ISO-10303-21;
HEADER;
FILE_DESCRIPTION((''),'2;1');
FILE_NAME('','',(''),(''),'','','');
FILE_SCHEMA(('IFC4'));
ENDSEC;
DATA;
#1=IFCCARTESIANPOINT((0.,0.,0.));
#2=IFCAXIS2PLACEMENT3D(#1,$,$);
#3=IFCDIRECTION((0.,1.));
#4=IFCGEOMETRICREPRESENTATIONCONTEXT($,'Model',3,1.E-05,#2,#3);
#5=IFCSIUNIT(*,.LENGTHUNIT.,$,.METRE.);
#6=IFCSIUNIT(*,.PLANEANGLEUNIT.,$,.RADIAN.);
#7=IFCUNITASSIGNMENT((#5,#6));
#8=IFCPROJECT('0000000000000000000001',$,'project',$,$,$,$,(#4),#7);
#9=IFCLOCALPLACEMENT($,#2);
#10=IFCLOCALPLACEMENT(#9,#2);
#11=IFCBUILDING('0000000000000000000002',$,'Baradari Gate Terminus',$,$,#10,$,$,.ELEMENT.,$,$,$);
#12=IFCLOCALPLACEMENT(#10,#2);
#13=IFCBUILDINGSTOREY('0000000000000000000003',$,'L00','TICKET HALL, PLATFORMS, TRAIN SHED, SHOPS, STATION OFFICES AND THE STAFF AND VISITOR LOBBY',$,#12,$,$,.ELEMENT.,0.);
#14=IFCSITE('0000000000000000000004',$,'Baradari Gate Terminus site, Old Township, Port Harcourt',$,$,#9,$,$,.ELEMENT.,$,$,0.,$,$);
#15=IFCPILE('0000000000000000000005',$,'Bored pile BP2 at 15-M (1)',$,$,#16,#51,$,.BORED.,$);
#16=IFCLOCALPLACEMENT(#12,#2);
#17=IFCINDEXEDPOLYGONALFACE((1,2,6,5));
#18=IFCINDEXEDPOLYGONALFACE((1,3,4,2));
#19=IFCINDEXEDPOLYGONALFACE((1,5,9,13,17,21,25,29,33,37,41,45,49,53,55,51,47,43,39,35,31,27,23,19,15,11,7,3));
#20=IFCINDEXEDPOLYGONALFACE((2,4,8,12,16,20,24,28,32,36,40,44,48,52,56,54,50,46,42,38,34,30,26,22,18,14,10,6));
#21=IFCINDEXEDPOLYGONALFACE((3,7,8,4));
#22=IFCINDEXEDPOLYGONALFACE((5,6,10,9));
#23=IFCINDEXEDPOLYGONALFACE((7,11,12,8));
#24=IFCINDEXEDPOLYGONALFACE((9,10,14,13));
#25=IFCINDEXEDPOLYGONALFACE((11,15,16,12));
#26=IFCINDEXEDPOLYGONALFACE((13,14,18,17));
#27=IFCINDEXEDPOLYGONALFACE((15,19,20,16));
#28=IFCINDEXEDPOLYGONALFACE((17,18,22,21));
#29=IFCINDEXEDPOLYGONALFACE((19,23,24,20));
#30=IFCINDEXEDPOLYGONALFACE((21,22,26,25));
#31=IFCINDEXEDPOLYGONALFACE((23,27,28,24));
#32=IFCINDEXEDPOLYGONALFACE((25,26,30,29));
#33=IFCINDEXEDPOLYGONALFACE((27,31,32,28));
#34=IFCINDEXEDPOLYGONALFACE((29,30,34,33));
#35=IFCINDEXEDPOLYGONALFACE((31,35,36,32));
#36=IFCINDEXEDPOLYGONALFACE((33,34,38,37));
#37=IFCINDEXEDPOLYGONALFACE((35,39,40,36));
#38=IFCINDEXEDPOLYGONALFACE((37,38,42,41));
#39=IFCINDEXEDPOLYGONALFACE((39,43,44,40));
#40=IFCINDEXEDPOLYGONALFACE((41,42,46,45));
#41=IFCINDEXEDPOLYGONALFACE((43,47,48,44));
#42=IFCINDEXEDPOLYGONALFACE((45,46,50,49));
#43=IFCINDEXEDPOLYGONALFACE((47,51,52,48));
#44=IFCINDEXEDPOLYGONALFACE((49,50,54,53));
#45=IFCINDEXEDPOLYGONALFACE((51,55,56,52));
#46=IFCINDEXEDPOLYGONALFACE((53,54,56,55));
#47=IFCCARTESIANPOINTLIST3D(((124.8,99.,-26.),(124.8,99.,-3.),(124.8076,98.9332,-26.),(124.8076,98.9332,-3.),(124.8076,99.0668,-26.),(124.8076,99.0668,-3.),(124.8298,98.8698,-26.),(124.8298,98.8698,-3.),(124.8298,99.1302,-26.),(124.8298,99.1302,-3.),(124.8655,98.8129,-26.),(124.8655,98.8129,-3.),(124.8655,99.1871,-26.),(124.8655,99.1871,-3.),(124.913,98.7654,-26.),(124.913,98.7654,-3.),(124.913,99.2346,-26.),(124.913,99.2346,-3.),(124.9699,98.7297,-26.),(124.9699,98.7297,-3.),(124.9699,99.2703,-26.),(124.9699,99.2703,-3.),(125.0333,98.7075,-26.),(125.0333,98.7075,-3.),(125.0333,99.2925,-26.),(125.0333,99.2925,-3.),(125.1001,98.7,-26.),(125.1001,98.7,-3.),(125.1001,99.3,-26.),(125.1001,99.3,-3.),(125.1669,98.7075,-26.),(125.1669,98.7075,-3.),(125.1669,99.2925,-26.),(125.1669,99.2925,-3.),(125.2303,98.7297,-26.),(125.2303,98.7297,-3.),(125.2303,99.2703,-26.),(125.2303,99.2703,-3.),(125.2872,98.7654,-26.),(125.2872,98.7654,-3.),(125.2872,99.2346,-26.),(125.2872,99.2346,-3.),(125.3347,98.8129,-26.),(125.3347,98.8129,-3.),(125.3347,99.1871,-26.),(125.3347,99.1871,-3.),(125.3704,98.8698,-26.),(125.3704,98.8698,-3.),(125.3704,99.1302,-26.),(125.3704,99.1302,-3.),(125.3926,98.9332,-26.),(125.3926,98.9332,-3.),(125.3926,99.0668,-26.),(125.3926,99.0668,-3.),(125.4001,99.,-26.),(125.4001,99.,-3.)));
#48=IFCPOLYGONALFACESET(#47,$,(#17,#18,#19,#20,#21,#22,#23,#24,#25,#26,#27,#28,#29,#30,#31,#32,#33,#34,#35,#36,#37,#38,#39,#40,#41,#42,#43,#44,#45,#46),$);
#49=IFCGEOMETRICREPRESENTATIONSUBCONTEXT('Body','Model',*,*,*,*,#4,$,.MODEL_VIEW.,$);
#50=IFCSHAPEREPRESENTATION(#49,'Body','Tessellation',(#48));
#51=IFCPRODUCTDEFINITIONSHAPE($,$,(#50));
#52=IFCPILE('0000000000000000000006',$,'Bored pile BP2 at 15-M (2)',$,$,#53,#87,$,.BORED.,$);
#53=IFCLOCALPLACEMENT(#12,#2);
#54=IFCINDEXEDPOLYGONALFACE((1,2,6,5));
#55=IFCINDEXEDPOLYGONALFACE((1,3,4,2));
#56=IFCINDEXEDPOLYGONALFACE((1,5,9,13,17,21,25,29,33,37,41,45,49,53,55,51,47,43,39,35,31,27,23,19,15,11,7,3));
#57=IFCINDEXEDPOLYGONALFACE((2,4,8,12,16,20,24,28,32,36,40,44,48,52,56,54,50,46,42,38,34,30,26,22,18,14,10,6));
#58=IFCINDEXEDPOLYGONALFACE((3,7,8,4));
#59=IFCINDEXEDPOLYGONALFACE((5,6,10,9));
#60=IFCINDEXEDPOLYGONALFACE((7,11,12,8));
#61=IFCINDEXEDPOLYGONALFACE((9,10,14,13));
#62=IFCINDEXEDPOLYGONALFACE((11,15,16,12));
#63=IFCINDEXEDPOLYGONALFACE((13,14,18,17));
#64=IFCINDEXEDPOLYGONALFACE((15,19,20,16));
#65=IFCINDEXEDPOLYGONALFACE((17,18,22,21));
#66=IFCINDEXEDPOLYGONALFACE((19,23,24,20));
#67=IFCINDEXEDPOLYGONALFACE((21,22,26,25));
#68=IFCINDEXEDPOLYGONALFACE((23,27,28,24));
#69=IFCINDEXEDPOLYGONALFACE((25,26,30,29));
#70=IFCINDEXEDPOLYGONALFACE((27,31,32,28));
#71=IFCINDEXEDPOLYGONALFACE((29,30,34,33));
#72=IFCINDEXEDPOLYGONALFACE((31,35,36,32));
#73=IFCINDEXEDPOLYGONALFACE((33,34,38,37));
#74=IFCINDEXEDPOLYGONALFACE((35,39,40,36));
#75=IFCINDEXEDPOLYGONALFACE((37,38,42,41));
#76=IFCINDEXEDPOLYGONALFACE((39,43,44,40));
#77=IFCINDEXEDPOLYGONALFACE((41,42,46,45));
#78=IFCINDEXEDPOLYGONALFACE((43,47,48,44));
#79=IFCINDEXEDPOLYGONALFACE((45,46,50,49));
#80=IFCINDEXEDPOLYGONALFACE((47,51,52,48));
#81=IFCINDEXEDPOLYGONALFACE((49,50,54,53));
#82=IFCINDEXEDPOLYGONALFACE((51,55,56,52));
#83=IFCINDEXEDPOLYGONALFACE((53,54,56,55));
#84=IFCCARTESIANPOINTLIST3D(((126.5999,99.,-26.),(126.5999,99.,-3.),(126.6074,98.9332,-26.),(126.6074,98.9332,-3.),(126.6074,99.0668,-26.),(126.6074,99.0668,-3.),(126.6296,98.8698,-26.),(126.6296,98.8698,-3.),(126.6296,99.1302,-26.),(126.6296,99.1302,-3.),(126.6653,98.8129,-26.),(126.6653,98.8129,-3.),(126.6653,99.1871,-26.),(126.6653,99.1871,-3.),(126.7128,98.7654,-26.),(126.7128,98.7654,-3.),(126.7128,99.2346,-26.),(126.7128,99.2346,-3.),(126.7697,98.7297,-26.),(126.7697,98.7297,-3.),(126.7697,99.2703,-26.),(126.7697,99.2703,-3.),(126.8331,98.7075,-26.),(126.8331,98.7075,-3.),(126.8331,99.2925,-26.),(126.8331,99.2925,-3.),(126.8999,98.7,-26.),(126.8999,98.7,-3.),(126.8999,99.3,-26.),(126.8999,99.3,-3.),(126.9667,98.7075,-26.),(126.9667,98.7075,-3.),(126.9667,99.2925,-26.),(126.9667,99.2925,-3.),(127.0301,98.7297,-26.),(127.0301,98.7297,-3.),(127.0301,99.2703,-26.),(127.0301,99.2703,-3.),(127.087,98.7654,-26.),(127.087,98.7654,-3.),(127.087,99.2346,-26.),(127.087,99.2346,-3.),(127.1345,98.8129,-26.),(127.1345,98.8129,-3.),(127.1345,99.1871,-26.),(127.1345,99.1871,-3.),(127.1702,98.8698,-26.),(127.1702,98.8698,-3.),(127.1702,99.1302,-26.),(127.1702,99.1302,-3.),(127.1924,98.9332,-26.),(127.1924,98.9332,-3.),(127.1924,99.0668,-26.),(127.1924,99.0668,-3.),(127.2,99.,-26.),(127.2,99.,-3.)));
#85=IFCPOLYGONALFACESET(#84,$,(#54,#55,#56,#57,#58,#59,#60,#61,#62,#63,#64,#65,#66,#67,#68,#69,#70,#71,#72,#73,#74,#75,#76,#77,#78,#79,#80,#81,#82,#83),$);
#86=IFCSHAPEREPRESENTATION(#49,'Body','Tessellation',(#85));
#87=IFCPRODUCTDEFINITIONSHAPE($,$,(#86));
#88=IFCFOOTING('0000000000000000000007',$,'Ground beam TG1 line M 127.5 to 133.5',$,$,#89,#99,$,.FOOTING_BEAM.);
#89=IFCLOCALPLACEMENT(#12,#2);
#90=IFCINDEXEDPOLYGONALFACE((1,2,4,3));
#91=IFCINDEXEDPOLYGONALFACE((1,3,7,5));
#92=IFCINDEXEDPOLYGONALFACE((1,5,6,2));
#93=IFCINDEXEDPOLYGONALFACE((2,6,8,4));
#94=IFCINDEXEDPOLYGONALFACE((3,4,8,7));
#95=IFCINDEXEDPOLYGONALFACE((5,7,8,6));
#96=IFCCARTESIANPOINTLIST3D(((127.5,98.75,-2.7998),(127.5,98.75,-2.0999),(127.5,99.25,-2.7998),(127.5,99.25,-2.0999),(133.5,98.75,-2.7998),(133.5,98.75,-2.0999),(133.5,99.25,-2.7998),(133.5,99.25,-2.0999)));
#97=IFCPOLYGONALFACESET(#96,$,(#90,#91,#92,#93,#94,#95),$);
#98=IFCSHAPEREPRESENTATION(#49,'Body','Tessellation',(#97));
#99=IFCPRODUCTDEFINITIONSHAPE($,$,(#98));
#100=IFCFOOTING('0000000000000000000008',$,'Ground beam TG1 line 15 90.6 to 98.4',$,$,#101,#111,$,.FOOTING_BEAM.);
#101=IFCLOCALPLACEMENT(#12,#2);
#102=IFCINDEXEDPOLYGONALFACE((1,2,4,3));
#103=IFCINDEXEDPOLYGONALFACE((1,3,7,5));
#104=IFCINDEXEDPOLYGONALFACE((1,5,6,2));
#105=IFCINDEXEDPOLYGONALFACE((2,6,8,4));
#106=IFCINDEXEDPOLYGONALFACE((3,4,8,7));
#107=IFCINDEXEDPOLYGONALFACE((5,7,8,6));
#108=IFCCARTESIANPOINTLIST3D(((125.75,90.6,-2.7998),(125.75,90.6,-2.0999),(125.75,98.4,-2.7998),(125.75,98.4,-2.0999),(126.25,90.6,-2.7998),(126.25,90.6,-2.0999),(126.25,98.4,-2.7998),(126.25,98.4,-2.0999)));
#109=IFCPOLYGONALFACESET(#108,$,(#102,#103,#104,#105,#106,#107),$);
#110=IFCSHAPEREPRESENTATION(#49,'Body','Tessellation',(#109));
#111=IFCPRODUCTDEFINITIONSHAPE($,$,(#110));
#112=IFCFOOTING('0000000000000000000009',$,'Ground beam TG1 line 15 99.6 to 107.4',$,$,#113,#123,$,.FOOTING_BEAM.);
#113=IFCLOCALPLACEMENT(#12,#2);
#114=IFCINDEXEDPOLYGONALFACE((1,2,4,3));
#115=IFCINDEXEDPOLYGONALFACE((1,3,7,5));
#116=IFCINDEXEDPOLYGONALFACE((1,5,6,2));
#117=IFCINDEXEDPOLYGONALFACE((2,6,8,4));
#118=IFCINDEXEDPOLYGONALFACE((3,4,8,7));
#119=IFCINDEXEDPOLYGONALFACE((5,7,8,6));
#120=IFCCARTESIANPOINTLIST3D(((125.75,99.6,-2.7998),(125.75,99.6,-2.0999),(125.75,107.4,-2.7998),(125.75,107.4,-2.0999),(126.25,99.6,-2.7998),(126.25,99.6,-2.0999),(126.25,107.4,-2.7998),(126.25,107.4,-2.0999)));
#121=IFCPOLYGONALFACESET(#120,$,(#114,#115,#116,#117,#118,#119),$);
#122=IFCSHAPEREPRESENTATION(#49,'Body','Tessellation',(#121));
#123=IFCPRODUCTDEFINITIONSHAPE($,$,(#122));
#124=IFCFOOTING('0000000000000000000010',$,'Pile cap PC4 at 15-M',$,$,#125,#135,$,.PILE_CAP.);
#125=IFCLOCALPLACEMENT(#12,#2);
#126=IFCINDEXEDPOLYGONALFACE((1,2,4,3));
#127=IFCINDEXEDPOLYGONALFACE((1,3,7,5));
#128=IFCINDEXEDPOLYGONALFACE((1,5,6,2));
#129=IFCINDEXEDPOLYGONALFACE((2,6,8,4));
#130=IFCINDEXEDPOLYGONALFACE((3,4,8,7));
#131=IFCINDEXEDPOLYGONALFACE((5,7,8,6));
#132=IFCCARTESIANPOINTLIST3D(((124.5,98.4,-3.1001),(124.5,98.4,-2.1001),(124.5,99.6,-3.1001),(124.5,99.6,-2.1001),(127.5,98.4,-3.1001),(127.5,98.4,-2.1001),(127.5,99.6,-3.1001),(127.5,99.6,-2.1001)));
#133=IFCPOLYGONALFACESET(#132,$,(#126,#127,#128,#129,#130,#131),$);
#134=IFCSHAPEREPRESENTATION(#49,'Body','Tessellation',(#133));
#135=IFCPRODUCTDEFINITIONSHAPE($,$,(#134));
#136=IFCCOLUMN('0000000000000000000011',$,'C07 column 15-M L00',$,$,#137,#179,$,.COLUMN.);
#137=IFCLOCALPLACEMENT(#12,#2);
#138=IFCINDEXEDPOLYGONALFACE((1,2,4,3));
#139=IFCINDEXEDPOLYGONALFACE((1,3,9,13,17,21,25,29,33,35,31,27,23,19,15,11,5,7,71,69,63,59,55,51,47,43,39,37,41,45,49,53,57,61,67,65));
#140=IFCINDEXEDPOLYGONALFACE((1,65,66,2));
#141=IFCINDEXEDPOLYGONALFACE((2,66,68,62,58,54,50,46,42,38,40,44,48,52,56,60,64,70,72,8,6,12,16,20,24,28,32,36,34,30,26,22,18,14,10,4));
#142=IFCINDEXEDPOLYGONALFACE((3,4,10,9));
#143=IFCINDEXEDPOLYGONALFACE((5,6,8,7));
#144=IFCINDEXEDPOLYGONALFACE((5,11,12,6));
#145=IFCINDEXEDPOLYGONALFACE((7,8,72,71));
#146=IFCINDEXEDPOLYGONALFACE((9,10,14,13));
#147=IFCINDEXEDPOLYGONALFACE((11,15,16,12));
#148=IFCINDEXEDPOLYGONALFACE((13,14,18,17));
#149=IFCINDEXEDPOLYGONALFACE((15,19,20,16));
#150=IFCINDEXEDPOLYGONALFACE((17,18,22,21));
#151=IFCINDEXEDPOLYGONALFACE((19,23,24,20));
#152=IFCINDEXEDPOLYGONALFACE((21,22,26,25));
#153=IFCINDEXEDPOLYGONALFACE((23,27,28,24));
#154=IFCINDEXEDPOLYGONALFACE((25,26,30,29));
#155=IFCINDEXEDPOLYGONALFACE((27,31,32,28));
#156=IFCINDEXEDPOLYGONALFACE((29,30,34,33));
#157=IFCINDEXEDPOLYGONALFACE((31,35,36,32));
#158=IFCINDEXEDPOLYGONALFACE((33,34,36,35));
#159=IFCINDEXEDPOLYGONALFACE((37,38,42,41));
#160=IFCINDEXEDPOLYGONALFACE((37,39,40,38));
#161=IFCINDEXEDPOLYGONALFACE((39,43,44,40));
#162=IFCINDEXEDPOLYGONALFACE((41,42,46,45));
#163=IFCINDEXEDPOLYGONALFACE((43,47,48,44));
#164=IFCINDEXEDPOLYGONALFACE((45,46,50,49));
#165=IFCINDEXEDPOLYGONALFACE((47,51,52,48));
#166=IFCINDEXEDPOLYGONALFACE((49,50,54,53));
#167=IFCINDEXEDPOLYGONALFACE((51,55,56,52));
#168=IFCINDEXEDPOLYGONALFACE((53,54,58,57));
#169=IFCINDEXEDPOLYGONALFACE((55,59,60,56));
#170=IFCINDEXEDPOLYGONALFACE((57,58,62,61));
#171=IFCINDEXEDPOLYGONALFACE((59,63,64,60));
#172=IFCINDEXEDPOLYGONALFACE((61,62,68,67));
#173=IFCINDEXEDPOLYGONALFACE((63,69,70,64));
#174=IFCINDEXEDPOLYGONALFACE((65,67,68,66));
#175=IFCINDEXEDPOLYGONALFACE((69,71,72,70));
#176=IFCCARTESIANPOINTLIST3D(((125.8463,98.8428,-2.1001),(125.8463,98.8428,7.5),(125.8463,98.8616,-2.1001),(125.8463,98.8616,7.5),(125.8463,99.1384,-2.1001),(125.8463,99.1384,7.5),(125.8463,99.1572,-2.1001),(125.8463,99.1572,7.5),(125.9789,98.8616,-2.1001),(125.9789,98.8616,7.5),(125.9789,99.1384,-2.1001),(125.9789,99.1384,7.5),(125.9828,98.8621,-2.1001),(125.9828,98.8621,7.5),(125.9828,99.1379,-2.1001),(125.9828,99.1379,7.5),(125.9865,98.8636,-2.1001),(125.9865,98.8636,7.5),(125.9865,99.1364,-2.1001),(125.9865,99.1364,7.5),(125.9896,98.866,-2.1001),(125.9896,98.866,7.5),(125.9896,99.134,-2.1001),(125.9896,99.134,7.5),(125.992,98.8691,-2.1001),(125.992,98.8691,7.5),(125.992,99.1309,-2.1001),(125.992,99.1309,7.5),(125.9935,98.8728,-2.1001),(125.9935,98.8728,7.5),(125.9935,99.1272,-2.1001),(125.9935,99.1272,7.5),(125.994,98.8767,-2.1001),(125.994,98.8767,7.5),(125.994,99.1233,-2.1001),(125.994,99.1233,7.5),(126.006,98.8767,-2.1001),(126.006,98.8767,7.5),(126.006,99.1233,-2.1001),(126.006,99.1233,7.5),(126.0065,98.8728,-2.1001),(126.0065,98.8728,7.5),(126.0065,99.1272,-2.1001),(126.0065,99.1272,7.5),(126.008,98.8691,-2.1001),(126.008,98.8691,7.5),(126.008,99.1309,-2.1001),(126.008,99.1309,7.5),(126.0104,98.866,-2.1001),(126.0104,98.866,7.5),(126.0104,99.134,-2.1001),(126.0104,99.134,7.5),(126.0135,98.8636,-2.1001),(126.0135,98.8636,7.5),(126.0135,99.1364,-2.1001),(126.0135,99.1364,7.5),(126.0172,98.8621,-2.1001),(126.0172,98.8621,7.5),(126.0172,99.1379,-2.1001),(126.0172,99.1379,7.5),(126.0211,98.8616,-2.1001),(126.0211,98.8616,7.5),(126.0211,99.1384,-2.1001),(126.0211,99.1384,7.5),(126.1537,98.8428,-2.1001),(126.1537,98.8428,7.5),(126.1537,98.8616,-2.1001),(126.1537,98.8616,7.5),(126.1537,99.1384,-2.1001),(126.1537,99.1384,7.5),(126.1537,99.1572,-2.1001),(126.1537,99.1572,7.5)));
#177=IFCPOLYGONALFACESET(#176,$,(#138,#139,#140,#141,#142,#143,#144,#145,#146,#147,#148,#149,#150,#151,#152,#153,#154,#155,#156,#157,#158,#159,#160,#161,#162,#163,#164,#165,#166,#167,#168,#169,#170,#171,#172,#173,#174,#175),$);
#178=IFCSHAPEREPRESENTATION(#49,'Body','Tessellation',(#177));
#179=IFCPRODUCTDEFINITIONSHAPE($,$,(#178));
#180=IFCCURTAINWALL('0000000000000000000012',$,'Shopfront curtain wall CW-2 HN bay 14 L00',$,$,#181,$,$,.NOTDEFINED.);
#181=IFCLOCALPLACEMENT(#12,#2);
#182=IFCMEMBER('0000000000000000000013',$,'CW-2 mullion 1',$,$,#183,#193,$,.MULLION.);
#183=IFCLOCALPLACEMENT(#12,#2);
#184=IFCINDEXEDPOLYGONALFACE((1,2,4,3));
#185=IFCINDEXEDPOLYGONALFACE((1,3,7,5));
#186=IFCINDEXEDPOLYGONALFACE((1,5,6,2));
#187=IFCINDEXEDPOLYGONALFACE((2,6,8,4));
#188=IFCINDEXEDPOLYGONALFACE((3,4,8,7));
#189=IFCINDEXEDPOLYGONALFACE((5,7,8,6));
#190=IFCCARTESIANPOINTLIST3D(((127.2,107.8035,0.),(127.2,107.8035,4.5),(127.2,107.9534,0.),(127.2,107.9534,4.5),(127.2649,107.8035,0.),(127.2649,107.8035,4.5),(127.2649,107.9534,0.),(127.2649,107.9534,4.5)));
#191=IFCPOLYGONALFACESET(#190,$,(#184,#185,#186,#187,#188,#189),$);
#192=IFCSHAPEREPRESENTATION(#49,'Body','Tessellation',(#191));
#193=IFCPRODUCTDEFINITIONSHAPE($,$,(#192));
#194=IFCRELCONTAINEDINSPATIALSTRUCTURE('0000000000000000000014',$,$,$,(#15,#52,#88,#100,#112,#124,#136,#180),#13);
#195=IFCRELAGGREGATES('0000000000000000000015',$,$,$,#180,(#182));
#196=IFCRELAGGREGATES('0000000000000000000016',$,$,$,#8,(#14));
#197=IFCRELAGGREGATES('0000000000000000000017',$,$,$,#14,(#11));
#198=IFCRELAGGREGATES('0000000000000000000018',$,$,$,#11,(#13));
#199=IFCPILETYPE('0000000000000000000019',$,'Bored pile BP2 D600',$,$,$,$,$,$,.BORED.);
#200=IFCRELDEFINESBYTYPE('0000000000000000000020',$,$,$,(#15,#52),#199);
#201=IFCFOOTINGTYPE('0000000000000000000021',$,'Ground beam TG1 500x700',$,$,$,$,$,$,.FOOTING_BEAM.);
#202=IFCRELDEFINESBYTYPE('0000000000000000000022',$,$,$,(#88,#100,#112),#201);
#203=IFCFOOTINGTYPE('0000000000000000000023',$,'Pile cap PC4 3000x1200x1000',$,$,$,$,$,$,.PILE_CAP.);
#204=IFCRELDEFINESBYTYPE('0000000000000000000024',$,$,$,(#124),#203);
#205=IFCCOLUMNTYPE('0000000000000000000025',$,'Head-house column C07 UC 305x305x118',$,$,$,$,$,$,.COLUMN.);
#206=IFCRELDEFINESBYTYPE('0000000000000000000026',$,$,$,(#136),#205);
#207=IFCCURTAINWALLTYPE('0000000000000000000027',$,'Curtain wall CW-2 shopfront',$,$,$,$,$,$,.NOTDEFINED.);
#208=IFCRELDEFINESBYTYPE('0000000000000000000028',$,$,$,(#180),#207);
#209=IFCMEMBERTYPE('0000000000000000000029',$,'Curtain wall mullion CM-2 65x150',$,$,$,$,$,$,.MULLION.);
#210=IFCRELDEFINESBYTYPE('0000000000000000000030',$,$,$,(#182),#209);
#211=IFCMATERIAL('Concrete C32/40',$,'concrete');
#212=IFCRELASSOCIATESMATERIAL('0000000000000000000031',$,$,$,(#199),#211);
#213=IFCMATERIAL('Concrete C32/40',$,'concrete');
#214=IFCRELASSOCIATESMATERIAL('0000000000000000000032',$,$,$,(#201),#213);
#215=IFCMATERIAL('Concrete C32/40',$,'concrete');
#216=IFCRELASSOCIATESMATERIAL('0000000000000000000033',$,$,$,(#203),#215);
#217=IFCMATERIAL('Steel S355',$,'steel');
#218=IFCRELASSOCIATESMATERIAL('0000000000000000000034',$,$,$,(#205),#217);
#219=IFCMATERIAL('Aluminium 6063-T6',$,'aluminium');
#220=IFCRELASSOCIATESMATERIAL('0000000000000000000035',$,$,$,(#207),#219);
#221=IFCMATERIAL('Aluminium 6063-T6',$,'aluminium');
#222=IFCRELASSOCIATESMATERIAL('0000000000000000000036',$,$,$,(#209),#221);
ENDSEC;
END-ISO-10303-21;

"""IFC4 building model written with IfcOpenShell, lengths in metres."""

from ifc_helpers import new_model, si_unit, direction, frame, origin, origin_2d, place, context, subcontext, project, spatial, rectangle, circle, i_section, extrude, material, material_profile, profile_set, type_object, element, aggregate, save


model = new_model("IFC4")

# Units and contexts
model_context = context("Model", 3, precision=1e-05, world=origin(), true_north=direction((0.0, 1.0)))
body_context = subcontext(model_context, "Body", "Model", "MODEL_VIEW")
ifc_project = project(units=[si_unit("LENGTHUNIT", "METRE"), si_unit("PLANEANGLEUNIT", "RADIAN")], contexts=[model_context])

# Site, building, storey
site_placement = place(None, origin())
site = spatial("IfcSite", under=ifc_project, at=site_placement, Name="Baradari Gate Terminus site, Old Township, Port Harcourt", CompositionType="ELEMENT", RefElevation=0.0)
building_placement = place(site_placement, origin())
building = spatial("IfcBuilding", under=site, at=building_placement, Name="Baradari Gate Terminus", CompositionType="ELEMENT")
storey_placement = place(building_placement, origin())
storey = spatial("IfcBuildingStorey", under=building, at=storey_placement, Name="L00", Description="TICKET HALL, PLATFORMS, TRAIN SHED, SHOPS, STATION OFFICES AND THE STAFF AND VISITOR LOBBY", CompositionType="ELEMENT", Elevation=0.0)

# Piles
ifc_material_1 = material(Name="Concrete C32/40", Category="concrete")
pile_type = type_object("IfcPileType", Name="Bored pile BP2 D600", PredefinedType="BORED", material=ifc_material_1)
for number, where, z_axis, x_axis, name in (
    (1, (125.1001, 99.0, -3.0), (0.0, 0.0, -1.0), (1.0, 0.0, 0.0), "Bored pile BP2 at 15-M (1)"),
    (2, (126.8999, 99.0, -3.0), (0.0, 0.0, -1.0), (1.0, 0.0, 0.0), "Bored pile BP2 at 15-M (2)"),
):
    element("IfcPile", number, at=place(storey_placement, frame(where, z_axis=z_axis, x_axis=x_axis)), inside=storey, type_object=pile_type, Name=name, PredefinedType="BORED", context=body_context, shape_type="SweptSolid", body=[
        extrude(circle(Radius=0.3, at=origin_2d()), origin(), (0.0, 0.0, 1.0), 23.0),
    ])

# Footings
ifc_material_2 = material(Name="Concrete C32/40", Category="concrete")
footing_type_1 = type_object("IfcFootingType", Name="Ground beam TG1 500x700", PredefinedType="FOOTING_BEAM", material=ifc_material_2)
footing_1_placement = place(storey_placement, frame((130.5, 99.0, -2.7998), z_axis=(0.0, 0.0, 1.0), x_axis=(1.0, 0.0, 0.0)))
element("IfcFooting", 3, at=footing_1_placement, inside=storey, type_object=footing_type_1, Name="Ground beam TG1 line M 127.5 to 133.5", PredefinedType="FOOTING_BEAM", context=body_context, shape_type="SweptSolid", body=[
    extrude(rectangle(XDim=6.0, YDim=0.5, at=origin_2d()), origin(), (0.0, 0.0, 1.0), 0.7),
])
for number, where, z_axis, x_axis, name in (
    (4, (126.0, 94.5, -2.7998), (0.0, 0.0, 1.0), (1.0, 0.0, 0.0), "Ground beam TG1 line 15 90.6 to 98.4"),
    (5, (126.0, 103.5, -2.7998), (0.0, 0.0, 1.0), (1.0, 0.0, 0.0), "Ground beam TG1 line 15 99.6 to 107.4"),
):
    element("IfcFooting", number, at=place(storey_placement, frame(where, z_axis=z_axis, x_axis=x_axis)), inside=storey, type_object=footing_type_1, Name=name, PredefinedType="FOOTING_BEAM", context=body_context, shape_type="SweptSolid", body=[
        extrude(rectangle(XDim=0.5, YDim=7.8, at=origin_2d()), origin(), (0.0, 0.0, 1.0), 0.7),
    ])
ifc_material_3 = material(Name="Concrete C32/40", Category="concrete")
footing_type_2 = type_object("IfcFootingType", Name="Pile cap PC4 3000x1200x1000", PredefinedType="PILE_CAP", material=ifc_material_3)
footing_2_placement = place(storey_placement, frame((126.0, 99.0, -3.1001), z_axis=(0.0, 0.0, 1.0), x_axis=(1.0, 0.0, 0.0)))
element("IfcFooting", 6, at=footing_2_placement, inside=storey, type_object=footing_type_2, Name="Pile cap PC4 at 15-M", PredefinedType="PILE_CAP", context=body_context, shape_type="SweptSolid", body=[
    extrude(rectangle(XDim=3.0, YDim=1.2, at=origin_2d()), origin(), (0.0, 0.0, 1.0), 1.0),
])

# Column
ifc_material_4 = material(Name="Steel S355", Category="steel")
ifc_material_profile_1 = material_profile(ifc_material_4, i_section(OverallWidth=0.3074, OverallDepth=0.3145, WebThickness=0.012, FlangeThickness=0.0188, FilletRadius=0.0151, at=origin_2d()), Name="UC 305x305x118")
ifc_profile_set_1 = profile_set([ifc_material_profile_1], Name="Steel S355")
column_type = type_object("IfcColumnType", Name="Head-house column C07 UC 305x305x118", PredefinedType="COLUMN", material=ifc_profile_set_1)
column_placement = place(storey_placement, frame((126.0, 99.0, -2.1001), z_axis=(0.0, 0.0, 1.0), x_axis=(1.0, 0.0, 0.0)))
element("IfcColumn", 7, at=column_placement, inside=storey, type_object=column_type, Name="C07 column 15-M L00", PredefinedType="COLUMN", context=body_context, shape_type="SweptSolid", body=[
    extrude(i_section(OverallWidth=0.3074, OverallDepth=0.3145, WebThickness=0.012, FlangeThickness=0.0188, FilletRadius=0.0151, at=origin_2d()), origin(), (0.0, 0.0, 1.0), 9.6001),
])

# Curtain wall, member
ifc_material_5 = material(Name="Aluminium 6063-T6", Category="aluminium")
curtain_wall_type = type_object("IfcCurtainWallType", Name="Curtain wall CW-2 shopfront", PredefinedType="NOTDEFINED", material=ifc_material_5)
curtain_wall_1_placement = place(storey_placement, origin())
curtain_wall_1 = element("IfcCurtainWall", 8, at=curtain_wall_1_placement, inside=storey, type_object=curtain_wall_type, Name="Shopfront curtain wall CW-2 HN bay 14 L00", PredefinedType="NOTDEFINED")
ifc_material_6 = material(Name="Aluminium 6063-T6", Category="aluminium")
ifc_material_profile_2 = material_profile(ifc_material_6, rectangle(XDim=0.1499, YDim=0.0649, at=origin_2d()), Name="CM-2 65X150")
ifc_profile_set_2 = profile_set([ifc_material_profile_2], Name="Aluminium 6063-T6")
member_type_1 = type_object("IfcMemberType", Name="Curtain wall mullion CM-2 65x150", PredefinedType="MULLION", material=ifc_profile_set_2)
member_1_placement = place(storey_placement, frame((127.2324, 107.8784, 0.0), z_axis=(0.0, 0.0, 1.0), x_axis=(0.0, 1.0, 0.0)))
member_1 = element("IfcMember", 9, at=member_1_placement, type_object=member_type_1, Name="CW-2 mullion 1", PredefinedType="MULLION", context=body_context, shape_type="SweptSolid", body=[
    extrude(rectangle(XDim=0.1499, YDim=0.0649, at=origin_2d()), origin(), (0.0, 0.0, 1.0), 4.5),
])

aggregate(curtain_wall_1, [member_1])

save(model, "model.ifc")
